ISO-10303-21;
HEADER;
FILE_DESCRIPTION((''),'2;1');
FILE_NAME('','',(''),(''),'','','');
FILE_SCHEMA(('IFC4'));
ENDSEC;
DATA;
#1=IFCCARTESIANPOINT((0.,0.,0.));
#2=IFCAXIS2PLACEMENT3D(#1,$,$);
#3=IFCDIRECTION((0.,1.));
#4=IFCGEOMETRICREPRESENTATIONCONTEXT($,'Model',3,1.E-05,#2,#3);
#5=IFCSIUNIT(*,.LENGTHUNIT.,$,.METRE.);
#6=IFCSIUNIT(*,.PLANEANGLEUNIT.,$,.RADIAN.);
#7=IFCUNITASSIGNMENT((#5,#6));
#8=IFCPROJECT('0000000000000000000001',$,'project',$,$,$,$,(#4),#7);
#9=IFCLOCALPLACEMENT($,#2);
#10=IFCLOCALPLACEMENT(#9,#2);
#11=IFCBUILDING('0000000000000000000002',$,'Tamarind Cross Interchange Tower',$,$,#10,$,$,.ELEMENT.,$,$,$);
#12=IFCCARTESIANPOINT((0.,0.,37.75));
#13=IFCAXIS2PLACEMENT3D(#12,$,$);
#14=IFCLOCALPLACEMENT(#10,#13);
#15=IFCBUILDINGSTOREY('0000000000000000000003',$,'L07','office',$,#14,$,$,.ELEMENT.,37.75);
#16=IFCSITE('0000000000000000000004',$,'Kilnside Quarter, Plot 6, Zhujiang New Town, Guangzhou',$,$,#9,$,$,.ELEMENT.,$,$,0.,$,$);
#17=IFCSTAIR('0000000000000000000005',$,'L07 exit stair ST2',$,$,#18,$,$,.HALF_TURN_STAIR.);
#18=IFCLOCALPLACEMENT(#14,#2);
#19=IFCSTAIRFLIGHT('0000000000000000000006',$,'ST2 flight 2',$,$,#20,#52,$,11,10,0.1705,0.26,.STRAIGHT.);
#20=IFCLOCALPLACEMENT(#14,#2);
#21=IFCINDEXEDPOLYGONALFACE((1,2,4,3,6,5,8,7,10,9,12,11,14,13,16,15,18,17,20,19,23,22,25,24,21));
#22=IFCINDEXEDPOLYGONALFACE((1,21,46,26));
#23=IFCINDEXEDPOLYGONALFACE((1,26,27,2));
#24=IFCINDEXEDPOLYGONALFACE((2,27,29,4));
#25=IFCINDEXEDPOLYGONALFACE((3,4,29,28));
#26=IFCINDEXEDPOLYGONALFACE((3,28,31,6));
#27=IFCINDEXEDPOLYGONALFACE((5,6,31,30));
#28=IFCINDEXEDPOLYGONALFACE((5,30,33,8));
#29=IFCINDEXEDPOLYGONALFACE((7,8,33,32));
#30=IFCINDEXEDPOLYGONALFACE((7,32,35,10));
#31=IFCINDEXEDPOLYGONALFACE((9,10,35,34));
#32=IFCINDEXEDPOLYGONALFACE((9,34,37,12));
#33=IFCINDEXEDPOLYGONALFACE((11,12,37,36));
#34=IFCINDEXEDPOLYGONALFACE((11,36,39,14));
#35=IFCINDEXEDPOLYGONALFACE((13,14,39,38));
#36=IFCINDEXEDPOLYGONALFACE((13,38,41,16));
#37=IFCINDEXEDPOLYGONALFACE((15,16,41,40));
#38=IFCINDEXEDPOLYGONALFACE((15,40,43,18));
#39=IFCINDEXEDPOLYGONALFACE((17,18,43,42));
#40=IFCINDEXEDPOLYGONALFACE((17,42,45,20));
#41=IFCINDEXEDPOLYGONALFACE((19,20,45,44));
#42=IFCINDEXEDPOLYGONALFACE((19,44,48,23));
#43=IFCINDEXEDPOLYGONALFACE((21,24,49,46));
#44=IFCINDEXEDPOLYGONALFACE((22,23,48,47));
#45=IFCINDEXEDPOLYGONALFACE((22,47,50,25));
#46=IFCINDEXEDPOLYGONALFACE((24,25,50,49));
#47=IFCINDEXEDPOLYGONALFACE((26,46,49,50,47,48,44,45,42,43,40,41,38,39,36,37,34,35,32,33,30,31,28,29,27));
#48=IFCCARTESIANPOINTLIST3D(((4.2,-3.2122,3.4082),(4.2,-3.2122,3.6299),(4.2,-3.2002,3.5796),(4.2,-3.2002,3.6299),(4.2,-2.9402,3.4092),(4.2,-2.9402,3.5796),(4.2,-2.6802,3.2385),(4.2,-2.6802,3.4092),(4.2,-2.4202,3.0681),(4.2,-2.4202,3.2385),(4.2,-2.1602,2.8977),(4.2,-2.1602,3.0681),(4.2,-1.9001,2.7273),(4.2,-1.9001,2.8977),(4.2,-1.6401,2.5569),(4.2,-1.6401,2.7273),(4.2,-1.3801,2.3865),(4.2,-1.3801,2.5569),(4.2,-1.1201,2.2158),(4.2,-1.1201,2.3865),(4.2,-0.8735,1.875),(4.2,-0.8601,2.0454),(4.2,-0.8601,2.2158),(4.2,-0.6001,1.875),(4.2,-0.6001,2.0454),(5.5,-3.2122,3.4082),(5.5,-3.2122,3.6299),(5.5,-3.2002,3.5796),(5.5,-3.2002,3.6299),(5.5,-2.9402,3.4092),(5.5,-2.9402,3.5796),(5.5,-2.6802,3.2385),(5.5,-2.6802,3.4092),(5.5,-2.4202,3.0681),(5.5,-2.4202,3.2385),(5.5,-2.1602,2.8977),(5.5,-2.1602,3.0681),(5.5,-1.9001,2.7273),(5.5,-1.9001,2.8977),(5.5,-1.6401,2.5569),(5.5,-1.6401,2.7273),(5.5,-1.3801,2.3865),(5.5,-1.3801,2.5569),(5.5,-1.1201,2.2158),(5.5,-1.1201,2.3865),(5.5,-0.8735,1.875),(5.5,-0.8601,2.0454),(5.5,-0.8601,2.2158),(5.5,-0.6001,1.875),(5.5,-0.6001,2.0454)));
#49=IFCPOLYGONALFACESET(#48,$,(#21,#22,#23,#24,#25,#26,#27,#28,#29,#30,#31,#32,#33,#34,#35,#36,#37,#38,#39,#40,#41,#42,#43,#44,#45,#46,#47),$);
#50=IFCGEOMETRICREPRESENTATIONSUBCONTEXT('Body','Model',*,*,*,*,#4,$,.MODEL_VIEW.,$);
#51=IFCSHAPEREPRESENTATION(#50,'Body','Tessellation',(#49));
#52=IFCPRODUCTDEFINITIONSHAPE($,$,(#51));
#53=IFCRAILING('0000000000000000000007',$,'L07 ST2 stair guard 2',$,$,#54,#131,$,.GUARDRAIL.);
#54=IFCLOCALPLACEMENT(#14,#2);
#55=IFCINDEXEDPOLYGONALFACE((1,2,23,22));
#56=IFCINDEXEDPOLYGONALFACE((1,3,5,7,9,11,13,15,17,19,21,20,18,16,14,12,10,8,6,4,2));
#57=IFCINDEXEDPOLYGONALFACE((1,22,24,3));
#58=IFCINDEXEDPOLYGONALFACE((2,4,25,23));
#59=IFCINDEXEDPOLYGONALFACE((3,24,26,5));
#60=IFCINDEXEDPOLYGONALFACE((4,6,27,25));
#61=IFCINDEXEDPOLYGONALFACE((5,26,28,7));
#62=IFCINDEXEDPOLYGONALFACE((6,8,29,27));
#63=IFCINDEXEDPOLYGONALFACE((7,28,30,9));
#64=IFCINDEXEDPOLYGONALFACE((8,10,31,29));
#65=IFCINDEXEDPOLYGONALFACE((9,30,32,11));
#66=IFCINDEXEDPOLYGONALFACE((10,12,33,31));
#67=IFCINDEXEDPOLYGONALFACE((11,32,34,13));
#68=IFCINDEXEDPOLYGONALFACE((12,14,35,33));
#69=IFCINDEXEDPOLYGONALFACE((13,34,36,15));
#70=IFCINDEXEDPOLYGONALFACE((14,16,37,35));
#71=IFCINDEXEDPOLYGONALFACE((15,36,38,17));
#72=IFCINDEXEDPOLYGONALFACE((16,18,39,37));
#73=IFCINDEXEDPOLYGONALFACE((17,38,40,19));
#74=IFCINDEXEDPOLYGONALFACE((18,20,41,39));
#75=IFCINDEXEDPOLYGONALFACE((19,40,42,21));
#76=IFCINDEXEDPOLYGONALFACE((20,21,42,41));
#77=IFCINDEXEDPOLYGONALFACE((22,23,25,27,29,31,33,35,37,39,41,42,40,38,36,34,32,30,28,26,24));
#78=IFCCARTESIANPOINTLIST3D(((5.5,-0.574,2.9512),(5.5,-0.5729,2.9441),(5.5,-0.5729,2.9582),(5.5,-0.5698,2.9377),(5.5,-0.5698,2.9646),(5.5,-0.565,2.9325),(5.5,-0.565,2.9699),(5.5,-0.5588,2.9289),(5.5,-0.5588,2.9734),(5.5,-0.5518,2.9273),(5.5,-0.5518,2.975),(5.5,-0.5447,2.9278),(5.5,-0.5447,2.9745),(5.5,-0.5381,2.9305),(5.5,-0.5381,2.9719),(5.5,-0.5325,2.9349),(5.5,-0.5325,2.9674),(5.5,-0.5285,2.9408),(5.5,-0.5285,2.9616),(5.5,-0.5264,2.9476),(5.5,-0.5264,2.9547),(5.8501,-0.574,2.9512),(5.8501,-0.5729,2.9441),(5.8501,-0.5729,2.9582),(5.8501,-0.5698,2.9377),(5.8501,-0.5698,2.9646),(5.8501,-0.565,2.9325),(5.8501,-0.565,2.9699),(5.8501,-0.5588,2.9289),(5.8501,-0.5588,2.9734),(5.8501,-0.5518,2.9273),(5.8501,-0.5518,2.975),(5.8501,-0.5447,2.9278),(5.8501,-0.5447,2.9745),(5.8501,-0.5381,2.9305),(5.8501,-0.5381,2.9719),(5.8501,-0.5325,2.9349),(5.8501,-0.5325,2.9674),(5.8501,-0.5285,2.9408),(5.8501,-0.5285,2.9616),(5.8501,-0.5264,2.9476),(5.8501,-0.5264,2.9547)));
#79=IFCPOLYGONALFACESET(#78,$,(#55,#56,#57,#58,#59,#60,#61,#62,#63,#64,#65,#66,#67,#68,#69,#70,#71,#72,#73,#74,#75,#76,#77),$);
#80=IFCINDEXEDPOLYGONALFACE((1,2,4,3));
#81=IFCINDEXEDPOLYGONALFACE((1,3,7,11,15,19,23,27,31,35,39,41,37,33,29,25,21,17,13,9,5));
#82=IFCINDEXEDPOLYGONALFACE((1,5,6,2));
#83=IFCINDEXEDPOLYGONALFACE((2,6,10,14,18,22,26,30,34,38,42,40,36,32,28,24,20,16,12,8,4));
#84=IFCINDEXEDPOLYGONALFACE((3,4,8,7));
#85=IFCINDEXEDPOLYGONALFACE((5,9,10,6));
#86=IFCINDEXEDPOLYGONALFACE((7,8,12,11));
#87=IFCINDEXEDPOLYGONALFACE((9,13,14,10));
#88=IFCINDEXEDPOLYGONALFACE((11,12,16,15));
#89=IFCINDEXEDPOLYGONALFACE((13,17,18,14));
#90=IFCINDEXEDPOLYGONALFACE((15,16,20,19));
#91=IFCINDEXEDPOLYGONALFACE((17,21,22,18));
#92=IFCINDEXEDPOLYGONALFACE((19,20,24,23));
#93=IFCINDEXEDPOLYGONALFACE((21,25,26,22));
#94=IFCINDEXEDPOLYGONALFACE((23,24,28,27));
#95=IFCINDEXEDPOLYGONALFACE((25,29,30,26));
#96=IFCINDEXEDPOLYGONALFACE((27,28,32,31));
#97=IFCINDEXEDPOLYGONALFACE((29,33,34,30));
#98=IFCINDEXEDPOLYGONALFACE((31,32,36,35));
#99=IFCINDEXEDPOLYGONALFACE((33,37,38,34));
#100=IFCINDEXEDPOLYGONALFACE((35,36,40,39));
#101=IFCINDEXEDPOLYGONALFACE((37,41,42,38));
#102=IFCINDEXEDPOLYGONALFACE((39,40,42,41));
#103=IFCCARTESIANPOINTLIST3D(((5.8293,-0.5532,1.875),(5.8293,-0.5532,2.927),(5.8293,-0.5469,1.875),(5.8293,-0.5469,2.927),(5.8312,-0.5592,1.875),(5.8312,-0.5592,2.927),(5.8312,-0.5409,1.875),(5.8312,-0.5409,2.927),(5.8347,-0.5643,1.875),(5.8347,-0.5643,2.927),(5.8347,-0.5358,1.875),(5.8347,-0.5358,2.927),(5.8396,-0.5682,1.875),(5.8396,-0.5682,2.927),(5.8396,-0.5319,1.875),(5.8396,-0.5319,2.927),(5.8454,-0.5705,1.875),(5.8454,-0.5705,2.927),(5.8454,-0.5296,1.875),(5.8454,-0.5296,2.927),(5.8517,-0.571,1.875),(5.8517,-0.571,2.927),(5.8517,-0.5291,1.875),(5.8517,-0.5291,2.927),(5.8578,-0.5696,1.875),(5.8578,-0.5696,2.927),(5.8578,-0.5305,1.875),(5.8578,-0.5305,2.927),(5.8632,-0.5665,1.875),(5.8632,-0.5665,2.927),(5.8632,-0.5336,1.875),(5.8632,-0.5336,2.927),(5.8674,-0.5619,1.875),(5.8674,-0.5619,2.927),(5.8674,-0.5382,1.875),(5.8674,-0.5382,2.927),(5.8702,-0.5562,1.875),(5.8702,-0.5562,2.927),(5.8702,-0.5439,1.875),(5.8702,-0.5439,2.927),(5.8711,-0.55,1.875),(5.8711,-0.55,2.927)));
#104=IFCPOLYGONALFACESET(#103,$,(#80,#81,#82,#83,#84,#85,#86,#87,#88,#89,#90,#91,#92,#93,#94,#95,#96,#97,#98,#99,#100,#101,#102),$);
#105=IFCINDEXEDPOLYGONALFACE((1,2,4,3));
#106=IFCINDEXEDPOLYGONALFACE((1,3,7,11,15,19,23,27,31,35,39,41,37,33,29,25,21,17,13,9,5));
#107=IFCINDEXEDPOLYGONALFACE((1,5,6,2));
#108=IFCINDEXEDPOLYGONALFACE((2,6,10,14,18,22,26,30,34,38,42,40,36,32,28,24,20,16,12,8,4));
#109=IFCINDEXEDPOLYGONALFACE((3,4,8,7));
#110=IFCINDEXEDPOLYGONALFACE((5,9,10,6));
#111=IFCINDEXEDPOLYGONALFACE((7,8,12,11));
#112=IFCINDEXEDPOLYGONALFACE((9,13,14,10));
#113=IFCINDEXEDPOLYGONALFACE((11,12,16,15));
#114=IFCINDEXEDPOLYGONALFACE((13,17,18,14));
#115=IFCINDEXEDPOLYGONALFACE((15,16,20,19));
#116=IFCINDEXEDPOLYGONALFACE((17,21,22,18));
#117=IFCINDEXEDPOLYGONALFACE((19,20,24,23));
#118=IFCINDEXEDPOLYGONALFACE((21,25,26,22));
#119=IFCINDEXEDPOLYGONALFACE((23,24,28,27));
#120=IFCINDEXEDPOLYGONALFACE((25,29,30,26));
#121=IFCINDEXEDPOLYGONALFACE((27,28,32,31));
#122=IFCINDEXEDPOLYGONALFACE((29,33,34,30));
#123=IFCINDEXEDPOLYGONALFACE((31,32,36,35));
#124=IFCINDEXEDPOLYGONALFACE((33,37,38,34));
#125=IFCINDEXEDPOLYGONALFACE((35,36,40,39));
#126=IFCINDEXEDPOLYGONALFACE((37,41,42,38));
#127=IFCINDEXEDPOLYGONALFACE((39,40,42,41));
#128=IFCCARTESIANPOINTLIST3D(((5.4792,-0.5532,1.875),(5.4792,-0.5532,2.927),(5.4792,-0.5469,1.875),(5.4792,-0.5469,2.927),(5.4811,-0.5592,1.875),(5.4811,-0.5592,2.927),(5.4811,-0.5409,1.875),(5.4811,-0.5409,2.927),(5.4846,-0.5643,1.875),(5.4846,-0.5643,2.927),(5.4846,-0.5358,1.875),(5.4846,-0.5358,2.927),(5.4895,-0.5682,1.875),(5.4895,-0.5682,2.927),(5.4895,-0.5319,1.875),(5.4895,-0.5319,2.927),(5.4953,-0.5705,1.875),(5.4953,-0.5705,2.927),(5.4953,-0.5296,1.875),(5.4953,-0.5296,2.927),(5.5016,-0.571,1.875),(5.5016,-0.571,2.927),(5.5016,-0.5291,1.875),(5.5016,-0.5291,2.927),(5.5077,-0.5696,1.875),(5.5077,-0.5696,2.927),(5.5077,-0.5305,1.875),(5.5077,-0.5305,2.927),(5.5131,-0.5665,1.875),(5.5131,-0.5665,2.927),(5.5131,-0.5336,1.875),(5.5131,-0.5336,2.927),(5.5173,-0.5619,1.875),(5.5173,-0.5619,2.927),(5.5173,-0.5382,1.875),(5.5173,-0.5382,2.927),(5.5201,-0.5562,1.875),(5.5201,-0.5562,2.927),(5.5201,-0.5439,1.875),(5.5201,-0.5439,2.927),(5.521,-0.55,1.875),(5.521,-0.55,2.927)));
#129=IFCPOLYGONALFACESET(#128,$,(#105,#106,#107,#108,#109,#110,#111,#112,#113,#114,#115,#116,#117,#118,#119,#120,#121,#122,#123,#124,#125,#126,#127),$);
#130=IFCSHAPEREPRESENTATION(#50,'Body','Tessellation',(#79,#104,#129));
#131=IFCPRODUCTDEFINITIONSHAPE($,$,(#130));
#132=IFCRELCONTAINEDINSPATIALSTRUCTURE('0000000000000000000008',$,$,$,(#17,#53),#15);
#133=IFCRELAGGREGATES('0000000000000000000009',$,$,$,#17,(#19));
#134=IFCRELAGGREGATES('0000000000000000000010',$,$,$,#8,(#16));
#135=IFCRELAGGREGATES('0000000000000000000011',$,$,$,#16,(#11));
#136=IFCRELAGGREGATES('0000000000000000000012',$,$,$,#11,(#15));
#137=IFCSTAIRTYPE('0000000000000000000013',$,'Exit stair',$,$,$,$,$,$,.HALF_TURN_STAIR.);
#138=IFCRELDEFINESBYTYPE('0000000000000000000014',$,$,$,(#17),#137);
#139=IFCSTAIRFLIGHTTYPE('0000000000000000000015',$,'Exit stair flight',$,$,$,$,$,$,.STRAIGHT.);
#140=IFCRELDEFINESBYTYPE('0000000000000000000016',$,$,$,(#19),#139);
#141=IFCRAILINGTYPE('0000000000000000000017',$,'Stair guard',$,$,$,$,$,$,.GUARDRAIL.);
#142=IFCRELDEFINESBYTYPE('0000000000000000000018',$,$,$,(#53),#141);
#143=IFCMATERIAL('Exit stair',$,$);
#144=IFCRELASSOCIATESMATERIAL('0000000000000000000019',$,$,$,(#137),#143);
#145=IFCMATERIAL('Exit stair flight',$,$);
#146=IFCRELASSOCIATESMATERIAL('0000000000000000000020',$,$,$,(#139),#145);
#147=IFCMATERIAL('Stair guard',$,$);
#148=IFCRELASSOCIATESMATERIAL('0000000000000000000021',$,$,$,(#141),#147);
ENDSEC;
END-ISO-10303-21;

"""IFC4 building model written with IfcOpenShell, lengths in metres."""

from ifc_helpers import new_model, si_unit, direction, frame, origin, origin_2d, place, context, subcontext, project, spatial, polyline, circle, outline, extrude, material, type_object, element, aggregate, save


model = new_model("IFC4")

# Units and contexts
model_context = context("Model", 3, precision=1e-05, world=origin(), true_north=direction((0.0, 1.0)))
body_context = subcontext(model_context, "Body", "Model", "MODEL_VIEW")
ifc_project = project(units=[si_unit("LENGTHUNIT", "METRE"), si_unit("PLANEANGLEUNIT", "RADIAN")], contexts=[model_context])

# Site, building, storey
site_placement = place(None, origin())
site = spatial("IfcSite", under=ifc_project, at=site_placement, Name="Kilnside Quarter, Plot 6, Zhujiang New Town, Guangzhou", CompositionType="ELEMENT", RefElevation=0.0)
building_placement = place(site_placement, origin())
building = spatial("IfcBuilding", under=site, at=building_placement, Name="Tamarind Cross Interchange Tower", CompositionType="ELEMENT")
storey_placement = place(building_placement, frame((0.0, 0.0, 37.75)))
storey = spatial("IfcBuildingStorey", under=building, at=storey_placement, Name="L07", Description="office", CompositionType="ELEMENT", Elevation=37.75)

# Stair, stair flight
ifc_material_1 = material(Name="Exit stair")
stair_type = type_object("IfcStairType", Name="Exit stair", PredefinedType="HALF_TURN_STAIR", material=ifc_material_1)
stair_placement = place(storey_placement, origin())
stair = element("IfcStair", 1, at=stair_placement, inside=storey, type_object=stair_type, Name="L07 exit stair ST2", PredefinedType="HALF_TURN_STAIR")
ifc_material_2 = material(Name="Exit stair flight")
stair_flight_type = type_object("IfcStairFlightType", Name="Exit stair flight", PredefinedType="STRAIGHT", material=ifc_material_2)
stair_flight_1_placement = place(storey_placement, frame((4.8501, -0.6001, 1.875), z_axis=(0.0, 0.0, 1.0), x_axis=(0.0, -1.0, 0.0)))
stair_flight_1 = element("IfcStairFlight", 2, at=stair_flight_1_placement, type_object=stair_flight_type, Name="ST2 flight 2", NumberOfRisers=11, NumberOfTreads=10, PredefinedType="STRAIGHT", RiserHeight=0.1705, TreadLength=0.26, context=body_context, shape_type="SweptSolid", body=[
    extrude(outline(polyline([(0.0, 0.0), (0.0, 0.1704), (0.26, 0.1704), (0.26, 0.3408), (0.52, 0.3408), (0.52, 0.5115), (0.78, 0.5115), (0.78, 0.6819), (1.04, 0.6819), (1.04, 0.8523), (1.3, 0.8523), (1.3, 1.0227), (1.5601, 1.0227), (1.5601, 1.1931), (1.8201, 1.1931), (1.8201, 1.3635), (2.0801, 1.3635), (2.0801, 1.5342), (2.3401, 1.5342), (2.3401, 1.7046), (2.6001, 1.7046), (2.6001, 1.7549), (2.6121, 1.7549), (2.6121, 1.5332), (0.2734, 0.0), (0.0, 0.0)])), frame((0.0, 0.6499, 0.0), z_axis=(0.0, -1.0, 0.0), x_axis=(1.0, 0.0, 0.0)), (0.0, 0.0, 1.0), 1.3),
])
aggregate(stair, [stair_flight_1])

# Railing
ifc_material_3 = material(Name="Stair guard")
railing_type_1 = type_object("IfcRailingType", Name="Stair guard", PredefinedType="GUARDRAIL", material=ifc_material_3)
railing_1_placement = place(storey_placement, frame((5.8501, -0.55, 1.875)))
element("IfcRailing", 3, at=railing_1_placement, inside=storey, type_object=railing_type_1, Name="L07 ST2 stair guard 2", PredefinedType="GUARDRAIL", context=body_context, shape_type="SweptSolid", body=[
    extrude(circle(Radius=0.0239, at=origin_2d()), frame((0.0, 0.0, 1.0762), z_axis=(-1.0, 0.0, 0.0), x_axis=(0.0, -1.0, 0.0)), (0.0, 0.0, 1.0), 0.3501),
    extrude(circle(Radius=0.021, at=origin_2d()), origin(), (0.0, 0.0, 1.0), 1.052),
    extrude(circle(Radius=0.021, at=origin_2d()), frame((-0.3501, 0.0, 0.0)), (0.0, 0.0, 1.0), 1.052),
])

save(model, "model.ifc")
